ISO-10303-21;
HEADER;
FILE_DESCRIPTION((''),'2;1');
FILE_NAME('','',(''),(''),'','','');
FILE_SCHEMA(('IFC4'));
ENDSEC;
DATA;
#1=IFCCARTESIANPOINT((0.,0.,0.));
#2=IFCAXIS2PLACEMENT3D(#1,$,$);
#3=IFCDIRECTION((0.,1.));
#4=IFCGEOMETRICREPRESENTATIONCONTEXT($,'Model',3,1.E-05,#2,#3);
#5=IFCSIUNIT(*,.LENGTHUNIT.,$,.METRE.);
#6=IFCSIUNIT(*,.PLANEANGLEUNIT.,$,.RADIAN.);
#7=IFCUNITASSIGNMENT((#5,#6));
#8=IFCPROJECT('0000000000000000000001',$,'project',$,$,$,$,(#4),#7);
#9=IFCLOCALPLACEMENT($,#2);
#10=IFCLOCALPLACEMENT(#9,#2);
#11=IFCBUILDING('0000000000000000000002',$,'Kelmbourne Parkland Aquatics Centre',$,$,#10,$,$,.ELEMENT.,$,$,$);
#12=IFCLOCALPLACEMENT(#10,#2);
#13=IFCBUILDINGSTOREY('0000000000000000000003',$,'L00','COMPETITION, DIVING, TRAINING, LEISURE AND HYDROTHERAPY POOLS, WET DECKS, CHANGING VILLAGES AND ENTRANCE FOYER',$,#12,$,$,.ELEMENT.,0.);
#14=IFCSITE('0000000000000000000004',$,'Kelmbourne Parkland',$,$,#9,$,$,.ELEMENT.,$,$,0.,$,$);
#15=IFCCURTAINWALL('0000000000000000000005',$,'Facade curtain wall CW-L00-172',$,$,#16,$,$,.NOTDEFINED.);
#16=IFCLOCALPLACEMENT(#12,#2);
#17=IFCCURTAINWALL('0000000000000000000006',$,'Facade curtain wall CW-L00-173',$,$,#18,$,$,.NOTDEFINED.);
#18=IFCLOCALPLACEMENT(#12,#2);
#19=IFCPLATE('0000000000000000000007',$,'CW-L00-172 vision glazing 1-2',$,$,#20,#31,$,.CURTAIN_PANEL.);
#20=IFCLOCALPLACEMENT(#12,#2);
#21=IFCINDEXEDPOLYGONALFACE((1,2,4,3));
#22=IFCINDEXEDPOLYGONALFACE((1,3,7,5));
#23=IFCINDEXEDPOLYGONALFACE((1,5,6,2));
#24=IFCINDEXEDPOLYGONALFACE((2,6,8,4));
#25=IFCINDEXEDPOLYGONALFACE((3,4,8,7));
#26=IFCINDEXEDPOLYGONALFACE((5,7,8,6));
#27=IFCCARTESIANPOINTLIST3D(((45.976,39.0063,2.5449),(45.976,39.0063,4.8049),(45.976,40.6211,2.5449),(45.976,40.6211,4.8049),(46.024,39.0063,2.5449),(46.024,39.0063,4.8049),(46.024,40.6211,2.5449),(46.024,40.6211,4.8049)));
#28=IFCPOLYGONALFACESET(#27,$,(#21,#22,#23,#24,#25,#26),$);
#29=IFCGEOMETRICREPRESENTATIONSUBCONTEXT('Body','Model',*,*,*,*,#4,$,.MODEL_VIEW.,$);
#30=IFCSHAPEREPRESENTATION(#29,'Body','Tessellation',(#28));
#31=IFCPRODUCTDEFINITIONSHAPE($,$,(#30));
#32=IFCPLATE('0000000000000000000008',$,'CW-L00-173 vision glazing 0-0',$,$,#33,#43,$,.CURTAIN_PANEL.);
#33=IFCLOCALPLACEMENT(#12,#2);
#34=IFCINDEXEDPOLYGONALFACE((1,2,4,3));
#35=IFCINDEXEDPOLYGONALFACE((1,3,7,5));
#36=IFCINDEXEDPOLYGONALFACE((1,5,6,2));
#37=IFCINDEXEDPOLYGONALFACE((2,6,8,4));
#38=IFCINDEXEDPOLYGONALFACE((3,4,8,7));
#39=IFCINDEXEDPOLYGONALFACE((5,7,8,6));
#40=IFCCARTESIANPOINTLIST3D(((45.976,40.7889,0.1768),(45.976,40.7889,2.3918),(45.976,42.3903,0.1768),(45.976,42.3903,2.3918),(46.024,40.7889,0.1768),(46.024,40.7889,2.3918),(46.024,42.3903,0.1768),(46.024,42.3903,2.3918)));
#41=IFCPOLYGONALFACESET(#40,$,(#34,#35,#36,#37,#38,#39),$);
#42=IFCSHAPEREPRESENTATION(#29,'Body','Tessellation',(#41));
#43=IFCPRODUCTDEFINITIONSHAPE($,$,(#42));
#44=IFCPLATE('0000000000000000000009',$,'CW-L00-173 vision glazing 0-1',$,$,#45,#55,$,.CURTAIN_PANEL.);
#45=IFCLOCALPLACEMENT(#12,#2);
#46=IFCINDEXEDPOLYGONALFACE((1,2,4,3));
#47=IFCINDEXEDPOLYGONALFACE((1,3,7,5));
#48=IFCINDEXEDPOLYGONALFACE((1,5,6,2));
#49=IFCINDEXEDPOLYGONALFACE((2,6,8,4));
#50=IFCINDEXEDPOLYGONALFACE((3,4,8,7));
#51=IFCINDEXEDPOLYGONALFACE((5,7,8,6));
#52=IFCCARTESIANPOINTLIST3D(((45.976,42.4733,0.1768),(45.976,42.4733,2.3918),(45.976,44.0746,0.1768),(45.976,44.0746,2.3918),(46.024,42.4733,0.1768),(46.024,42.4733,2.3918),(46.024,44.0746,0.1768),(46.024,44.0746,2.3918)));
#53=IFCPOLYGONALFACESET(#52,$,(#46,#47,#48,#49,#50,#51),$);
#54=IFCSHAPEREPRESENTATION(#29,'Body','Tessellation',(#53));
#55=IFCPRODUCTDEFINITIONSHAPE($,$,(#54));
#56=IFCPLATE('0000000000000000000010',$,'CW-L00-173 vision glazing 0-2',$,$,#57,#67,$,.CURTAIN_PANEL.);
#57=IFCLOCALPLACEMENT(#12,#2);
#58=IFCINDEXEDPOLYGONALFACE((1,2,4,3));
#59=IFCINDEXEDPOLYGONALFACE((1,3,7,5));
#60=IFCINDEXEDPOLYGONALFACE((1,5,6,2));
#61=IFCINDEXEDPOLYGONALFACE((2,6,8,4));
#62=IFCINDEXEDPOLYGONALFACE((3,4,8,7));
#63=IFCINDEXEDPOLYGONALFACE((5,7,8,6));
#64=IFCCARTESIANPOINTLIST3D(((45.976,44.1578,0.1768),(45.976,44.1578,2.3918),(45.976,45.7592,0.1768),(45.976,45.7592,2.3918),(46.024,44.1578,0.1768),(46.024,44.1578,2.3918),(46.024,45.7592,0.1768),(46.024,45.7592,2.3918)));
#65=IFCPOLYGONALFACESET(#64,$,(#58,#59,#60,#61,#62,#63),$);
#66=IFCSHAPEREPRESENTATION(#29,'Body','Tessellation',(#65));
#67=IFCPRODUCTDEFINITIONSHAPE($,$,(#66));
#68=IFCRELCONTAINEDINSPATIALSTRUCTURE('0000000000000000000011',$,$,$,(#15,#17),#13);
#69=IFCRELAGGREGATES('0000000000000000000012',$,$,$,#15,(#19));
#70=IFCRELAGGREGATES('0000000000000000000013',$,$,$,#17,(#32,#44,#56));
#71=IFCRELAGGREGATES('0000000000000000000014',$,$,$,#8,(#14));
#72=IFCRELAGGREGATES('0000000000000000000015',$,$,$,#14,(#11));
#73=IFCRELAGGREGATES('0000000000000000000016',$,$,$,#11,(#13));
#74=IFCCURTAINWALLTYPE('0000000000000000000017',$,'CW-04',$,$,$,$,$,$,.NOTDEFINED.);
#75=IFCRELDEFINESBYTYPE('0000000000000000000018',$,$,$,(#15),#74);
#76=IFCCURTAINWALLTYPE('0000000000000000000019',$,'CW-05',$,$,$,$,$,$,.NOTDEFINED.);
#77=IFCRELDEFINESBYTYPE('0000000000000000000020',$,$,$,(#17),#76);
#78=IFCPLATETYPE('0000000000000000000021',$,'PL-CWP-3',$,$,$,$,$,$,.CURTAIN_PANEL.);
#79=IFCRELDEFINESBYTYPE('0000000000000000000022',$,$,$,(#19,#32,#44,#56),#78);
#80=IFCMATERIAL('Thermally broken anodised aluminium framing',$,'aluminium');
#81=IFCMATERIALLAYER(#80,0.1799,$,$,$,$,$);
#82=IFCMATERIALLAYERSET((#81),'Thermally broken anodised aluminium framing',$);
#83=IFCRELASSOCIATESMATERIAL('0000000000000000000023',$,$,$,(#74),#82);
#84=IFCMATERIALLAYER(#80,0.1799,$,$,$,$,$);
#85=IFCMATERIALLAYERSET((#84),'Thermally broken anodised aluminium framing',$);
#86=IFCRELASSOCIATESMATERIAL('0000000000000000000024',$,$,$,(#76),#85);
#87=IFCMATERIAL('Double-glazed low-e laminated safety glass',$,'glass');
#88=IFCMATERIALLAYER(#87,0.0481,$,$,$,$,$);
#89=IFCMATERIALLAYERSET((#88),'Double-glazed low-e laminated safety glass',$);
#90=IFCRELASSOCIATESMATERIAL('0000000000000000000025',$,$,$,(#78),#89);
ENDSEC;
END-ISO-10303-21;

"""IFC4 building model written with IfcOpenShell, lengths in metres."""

from ifc_helpers import new_model, si_unit, direction, frame, origin, origin_2d, place, context, subcontext, project, spatial, rectangle, extrude, material, layer, layer_set, type_object, element, aggregate, save


model = new_model("IFC4")

# Units and contexts
model_context = context("Model", 3, precision=1e-05, world=origin(), true_north=direction((0.0, 1.0)))
body_context = subcontext(model_context, "Body", "Model", "MODEL_VIEW")
ifc_project = project(units=[si_unit("LENGTHUNIT", "METRE"), si_unit("PLANEANGLEUNIT", "RADIAN")], contexts=[model_context])

# Site, building, storey
site_placement = place(None, origin())
site = spatial("IfcSite", under=ifc_project, at=site_placement, Name="Kelmbourne Parkland", CompositionType="ELEMENT", RefElevation=0.0)
building_placement = place(site_placement, origin())
building = spatial("IfcBuilding", under=site, at=building_placement, Name="Kelmbourne Parkland Aquatics Centre", CompositionType="ELEMENT")
storey_placement = place(building_placement, origin())
storey = spatial("IfcBuildingStorey", under=building, at=storey_placement, Name="L00", Description="COMPETITION, DIVING, TRAINING, LEISURE AND HYDROTHERAPY POOLS, WET DECKS, CHANGING VILLAGES AND ENTRANCE FOYER", CompositionType="ELEMENT", Elevation=0.0)

# Curtain wall
ifc_material_1 = material(Name="Thermally broken anodised aluminium framing", Category="aluminium")
ifc_layer_1 = layer(ifc_material_1, 0.1799)
ifc_layer_set_1 = layer_set([ifc_layer_1], Name="Thermally broken anodised aluminium framing")
curtain_wall_type_1 = type_object("IfcCurtainWallType", Name="CW-04", PredefinedType="NOTDEFINED", material=ifc_layer_set_1)
curtain_wall_1_placement = place(storey_placement, origin())
curtain_wall_1 = element("IfcCurtainWall", 1, at=curtain_wall_1_placement, inside=storey, type_object=curtain_wall_type_1, Name="Facade curtain wall CW-L00-172", PredefinedType="NOTDEFINED")

# Curtain wall
ifc_layer_2 = layer(ifc_material_1, 0.1799)
ifc_layer_set_2 = layer_set([ifc_layer_2], Name="Thermally broken anodised aluminium framing")
curtain_wall_type_2 = type_object("IfcCurtainWallType", Name="CW-05", PredefinedType="NOTDEFINED", material=ifc_layer_set_2)
curtain_wall_2_placement = place(storey_placement, origin())
curtain_wall_2 = element("IfcCurtainWall", 2, at=curtain_wall_2_placement, inside=storey, type_object=curtain_wall_type_2, Name="Facade curtain wall CW-L00-173", PredefinedType="NOTDEFINED")

# Plates
ifc_material_2 = material(Name="Double-glazed low-e laminated safety glass", Category="glass")
ifc_layer_3 = layer(ifc_material_2, 0.0481)
ifc_layer_set_3 = layer_set([ifc_layer_3], Name="Double-glazed low-e laminated safety glass")
plate_type_1 = type_object("IfcPlateType", Name="PL-CWP-3", PredefinedType="CURTAIN_PANEL", material=ifc_layer_set_3)
plate_1_placement = place(storey_placement, frame((46.0, 39.8137, 2.5449), z_axis=(0.0, 0.0, 1.0), x_axis=(0.0, 1.0, 0.0)))
plate_1 = element("IfcPlate", 3, at=plate_1_placement, type_object=plate_type_1, Name="CW-L00-172 vision glazing 1-2", PredefinedType="CURTAIN_PANEL", context=body_context, shape_type="SweptSolid", body=[
    extrude(rectangle(XDim=1.6147, YDim=0.0481, at=origin_2d()), origin(), (0.0, 0.0, 1.0), 2.26),
])
aggregate(curtain_wall_1, [plate_1])
plate_2_placement = place(storey_placement, frame((46.0, 41.5896, 0.1768), z_axis=(0.0, 0.0, 1.0), x_axis=(0.0, 1.0, 0.0)))
plate_2 = element("IfcPlate", 4, at=plate_2_placement, type_object=plate_type_1, Name="CW-L00-173 vision glazing 0-0", PredefinedType="CURTAIN_PANEL", context=body_context, shape_type="SweptSolid", body=[
    extrude(rectangle(XDim=1.6013, YDim=0.0481, at=origin_2d()), origin(), (0.0, 0.0, 1.0), 2.2151),
])
plate_3_placement = place(storey_placement, frame((46.0, 43.2739, 0.1768), z_axis=(0.0, 0.0, 1.0), x_axis=(0.0, 1.0, 0.0)))
plate_3 = element("IfcPlate", 5, at=plate_3_placement, type_object=plate_type_1, Name="CW-L00-173 vision glazing 0-1", PredefinedType="CURTAIN_PANEL", context=body_context, shape_type="SweptSolid", body=[
    extrude(rectangle(XDim=1.6013, YDim=0.0481, at=origin_2d()), origin(), (0.0, 0.0, 1.0), 2.2151),
])
plate_4_placement = place(storey_placement, frame((46.0, 44.9585, 0.1768), z_axis=(0.0, 0.0, 1.0), x_axis=(0.0, 1.0, 0.0)))
plate_4 = element("IfcPlate", 6, at=plate_4_placement, type_object=plate_type_1, Name="CW-L00-173 vision glazing 0-2", PredefinedType="CURTAIN_PANEL", context=body_context, shape_type="SweptSolid", body=[
    extrude(rectangle(XDim=1.6013, YDim=0.0481, at=origin_2d()), origin(), (0.0, 0.0, 1.0), 2.2151),
])
aggregate(curtain_wall_2, [plate_2, plate_3, plate_4])

save(model, "model.ifc")
